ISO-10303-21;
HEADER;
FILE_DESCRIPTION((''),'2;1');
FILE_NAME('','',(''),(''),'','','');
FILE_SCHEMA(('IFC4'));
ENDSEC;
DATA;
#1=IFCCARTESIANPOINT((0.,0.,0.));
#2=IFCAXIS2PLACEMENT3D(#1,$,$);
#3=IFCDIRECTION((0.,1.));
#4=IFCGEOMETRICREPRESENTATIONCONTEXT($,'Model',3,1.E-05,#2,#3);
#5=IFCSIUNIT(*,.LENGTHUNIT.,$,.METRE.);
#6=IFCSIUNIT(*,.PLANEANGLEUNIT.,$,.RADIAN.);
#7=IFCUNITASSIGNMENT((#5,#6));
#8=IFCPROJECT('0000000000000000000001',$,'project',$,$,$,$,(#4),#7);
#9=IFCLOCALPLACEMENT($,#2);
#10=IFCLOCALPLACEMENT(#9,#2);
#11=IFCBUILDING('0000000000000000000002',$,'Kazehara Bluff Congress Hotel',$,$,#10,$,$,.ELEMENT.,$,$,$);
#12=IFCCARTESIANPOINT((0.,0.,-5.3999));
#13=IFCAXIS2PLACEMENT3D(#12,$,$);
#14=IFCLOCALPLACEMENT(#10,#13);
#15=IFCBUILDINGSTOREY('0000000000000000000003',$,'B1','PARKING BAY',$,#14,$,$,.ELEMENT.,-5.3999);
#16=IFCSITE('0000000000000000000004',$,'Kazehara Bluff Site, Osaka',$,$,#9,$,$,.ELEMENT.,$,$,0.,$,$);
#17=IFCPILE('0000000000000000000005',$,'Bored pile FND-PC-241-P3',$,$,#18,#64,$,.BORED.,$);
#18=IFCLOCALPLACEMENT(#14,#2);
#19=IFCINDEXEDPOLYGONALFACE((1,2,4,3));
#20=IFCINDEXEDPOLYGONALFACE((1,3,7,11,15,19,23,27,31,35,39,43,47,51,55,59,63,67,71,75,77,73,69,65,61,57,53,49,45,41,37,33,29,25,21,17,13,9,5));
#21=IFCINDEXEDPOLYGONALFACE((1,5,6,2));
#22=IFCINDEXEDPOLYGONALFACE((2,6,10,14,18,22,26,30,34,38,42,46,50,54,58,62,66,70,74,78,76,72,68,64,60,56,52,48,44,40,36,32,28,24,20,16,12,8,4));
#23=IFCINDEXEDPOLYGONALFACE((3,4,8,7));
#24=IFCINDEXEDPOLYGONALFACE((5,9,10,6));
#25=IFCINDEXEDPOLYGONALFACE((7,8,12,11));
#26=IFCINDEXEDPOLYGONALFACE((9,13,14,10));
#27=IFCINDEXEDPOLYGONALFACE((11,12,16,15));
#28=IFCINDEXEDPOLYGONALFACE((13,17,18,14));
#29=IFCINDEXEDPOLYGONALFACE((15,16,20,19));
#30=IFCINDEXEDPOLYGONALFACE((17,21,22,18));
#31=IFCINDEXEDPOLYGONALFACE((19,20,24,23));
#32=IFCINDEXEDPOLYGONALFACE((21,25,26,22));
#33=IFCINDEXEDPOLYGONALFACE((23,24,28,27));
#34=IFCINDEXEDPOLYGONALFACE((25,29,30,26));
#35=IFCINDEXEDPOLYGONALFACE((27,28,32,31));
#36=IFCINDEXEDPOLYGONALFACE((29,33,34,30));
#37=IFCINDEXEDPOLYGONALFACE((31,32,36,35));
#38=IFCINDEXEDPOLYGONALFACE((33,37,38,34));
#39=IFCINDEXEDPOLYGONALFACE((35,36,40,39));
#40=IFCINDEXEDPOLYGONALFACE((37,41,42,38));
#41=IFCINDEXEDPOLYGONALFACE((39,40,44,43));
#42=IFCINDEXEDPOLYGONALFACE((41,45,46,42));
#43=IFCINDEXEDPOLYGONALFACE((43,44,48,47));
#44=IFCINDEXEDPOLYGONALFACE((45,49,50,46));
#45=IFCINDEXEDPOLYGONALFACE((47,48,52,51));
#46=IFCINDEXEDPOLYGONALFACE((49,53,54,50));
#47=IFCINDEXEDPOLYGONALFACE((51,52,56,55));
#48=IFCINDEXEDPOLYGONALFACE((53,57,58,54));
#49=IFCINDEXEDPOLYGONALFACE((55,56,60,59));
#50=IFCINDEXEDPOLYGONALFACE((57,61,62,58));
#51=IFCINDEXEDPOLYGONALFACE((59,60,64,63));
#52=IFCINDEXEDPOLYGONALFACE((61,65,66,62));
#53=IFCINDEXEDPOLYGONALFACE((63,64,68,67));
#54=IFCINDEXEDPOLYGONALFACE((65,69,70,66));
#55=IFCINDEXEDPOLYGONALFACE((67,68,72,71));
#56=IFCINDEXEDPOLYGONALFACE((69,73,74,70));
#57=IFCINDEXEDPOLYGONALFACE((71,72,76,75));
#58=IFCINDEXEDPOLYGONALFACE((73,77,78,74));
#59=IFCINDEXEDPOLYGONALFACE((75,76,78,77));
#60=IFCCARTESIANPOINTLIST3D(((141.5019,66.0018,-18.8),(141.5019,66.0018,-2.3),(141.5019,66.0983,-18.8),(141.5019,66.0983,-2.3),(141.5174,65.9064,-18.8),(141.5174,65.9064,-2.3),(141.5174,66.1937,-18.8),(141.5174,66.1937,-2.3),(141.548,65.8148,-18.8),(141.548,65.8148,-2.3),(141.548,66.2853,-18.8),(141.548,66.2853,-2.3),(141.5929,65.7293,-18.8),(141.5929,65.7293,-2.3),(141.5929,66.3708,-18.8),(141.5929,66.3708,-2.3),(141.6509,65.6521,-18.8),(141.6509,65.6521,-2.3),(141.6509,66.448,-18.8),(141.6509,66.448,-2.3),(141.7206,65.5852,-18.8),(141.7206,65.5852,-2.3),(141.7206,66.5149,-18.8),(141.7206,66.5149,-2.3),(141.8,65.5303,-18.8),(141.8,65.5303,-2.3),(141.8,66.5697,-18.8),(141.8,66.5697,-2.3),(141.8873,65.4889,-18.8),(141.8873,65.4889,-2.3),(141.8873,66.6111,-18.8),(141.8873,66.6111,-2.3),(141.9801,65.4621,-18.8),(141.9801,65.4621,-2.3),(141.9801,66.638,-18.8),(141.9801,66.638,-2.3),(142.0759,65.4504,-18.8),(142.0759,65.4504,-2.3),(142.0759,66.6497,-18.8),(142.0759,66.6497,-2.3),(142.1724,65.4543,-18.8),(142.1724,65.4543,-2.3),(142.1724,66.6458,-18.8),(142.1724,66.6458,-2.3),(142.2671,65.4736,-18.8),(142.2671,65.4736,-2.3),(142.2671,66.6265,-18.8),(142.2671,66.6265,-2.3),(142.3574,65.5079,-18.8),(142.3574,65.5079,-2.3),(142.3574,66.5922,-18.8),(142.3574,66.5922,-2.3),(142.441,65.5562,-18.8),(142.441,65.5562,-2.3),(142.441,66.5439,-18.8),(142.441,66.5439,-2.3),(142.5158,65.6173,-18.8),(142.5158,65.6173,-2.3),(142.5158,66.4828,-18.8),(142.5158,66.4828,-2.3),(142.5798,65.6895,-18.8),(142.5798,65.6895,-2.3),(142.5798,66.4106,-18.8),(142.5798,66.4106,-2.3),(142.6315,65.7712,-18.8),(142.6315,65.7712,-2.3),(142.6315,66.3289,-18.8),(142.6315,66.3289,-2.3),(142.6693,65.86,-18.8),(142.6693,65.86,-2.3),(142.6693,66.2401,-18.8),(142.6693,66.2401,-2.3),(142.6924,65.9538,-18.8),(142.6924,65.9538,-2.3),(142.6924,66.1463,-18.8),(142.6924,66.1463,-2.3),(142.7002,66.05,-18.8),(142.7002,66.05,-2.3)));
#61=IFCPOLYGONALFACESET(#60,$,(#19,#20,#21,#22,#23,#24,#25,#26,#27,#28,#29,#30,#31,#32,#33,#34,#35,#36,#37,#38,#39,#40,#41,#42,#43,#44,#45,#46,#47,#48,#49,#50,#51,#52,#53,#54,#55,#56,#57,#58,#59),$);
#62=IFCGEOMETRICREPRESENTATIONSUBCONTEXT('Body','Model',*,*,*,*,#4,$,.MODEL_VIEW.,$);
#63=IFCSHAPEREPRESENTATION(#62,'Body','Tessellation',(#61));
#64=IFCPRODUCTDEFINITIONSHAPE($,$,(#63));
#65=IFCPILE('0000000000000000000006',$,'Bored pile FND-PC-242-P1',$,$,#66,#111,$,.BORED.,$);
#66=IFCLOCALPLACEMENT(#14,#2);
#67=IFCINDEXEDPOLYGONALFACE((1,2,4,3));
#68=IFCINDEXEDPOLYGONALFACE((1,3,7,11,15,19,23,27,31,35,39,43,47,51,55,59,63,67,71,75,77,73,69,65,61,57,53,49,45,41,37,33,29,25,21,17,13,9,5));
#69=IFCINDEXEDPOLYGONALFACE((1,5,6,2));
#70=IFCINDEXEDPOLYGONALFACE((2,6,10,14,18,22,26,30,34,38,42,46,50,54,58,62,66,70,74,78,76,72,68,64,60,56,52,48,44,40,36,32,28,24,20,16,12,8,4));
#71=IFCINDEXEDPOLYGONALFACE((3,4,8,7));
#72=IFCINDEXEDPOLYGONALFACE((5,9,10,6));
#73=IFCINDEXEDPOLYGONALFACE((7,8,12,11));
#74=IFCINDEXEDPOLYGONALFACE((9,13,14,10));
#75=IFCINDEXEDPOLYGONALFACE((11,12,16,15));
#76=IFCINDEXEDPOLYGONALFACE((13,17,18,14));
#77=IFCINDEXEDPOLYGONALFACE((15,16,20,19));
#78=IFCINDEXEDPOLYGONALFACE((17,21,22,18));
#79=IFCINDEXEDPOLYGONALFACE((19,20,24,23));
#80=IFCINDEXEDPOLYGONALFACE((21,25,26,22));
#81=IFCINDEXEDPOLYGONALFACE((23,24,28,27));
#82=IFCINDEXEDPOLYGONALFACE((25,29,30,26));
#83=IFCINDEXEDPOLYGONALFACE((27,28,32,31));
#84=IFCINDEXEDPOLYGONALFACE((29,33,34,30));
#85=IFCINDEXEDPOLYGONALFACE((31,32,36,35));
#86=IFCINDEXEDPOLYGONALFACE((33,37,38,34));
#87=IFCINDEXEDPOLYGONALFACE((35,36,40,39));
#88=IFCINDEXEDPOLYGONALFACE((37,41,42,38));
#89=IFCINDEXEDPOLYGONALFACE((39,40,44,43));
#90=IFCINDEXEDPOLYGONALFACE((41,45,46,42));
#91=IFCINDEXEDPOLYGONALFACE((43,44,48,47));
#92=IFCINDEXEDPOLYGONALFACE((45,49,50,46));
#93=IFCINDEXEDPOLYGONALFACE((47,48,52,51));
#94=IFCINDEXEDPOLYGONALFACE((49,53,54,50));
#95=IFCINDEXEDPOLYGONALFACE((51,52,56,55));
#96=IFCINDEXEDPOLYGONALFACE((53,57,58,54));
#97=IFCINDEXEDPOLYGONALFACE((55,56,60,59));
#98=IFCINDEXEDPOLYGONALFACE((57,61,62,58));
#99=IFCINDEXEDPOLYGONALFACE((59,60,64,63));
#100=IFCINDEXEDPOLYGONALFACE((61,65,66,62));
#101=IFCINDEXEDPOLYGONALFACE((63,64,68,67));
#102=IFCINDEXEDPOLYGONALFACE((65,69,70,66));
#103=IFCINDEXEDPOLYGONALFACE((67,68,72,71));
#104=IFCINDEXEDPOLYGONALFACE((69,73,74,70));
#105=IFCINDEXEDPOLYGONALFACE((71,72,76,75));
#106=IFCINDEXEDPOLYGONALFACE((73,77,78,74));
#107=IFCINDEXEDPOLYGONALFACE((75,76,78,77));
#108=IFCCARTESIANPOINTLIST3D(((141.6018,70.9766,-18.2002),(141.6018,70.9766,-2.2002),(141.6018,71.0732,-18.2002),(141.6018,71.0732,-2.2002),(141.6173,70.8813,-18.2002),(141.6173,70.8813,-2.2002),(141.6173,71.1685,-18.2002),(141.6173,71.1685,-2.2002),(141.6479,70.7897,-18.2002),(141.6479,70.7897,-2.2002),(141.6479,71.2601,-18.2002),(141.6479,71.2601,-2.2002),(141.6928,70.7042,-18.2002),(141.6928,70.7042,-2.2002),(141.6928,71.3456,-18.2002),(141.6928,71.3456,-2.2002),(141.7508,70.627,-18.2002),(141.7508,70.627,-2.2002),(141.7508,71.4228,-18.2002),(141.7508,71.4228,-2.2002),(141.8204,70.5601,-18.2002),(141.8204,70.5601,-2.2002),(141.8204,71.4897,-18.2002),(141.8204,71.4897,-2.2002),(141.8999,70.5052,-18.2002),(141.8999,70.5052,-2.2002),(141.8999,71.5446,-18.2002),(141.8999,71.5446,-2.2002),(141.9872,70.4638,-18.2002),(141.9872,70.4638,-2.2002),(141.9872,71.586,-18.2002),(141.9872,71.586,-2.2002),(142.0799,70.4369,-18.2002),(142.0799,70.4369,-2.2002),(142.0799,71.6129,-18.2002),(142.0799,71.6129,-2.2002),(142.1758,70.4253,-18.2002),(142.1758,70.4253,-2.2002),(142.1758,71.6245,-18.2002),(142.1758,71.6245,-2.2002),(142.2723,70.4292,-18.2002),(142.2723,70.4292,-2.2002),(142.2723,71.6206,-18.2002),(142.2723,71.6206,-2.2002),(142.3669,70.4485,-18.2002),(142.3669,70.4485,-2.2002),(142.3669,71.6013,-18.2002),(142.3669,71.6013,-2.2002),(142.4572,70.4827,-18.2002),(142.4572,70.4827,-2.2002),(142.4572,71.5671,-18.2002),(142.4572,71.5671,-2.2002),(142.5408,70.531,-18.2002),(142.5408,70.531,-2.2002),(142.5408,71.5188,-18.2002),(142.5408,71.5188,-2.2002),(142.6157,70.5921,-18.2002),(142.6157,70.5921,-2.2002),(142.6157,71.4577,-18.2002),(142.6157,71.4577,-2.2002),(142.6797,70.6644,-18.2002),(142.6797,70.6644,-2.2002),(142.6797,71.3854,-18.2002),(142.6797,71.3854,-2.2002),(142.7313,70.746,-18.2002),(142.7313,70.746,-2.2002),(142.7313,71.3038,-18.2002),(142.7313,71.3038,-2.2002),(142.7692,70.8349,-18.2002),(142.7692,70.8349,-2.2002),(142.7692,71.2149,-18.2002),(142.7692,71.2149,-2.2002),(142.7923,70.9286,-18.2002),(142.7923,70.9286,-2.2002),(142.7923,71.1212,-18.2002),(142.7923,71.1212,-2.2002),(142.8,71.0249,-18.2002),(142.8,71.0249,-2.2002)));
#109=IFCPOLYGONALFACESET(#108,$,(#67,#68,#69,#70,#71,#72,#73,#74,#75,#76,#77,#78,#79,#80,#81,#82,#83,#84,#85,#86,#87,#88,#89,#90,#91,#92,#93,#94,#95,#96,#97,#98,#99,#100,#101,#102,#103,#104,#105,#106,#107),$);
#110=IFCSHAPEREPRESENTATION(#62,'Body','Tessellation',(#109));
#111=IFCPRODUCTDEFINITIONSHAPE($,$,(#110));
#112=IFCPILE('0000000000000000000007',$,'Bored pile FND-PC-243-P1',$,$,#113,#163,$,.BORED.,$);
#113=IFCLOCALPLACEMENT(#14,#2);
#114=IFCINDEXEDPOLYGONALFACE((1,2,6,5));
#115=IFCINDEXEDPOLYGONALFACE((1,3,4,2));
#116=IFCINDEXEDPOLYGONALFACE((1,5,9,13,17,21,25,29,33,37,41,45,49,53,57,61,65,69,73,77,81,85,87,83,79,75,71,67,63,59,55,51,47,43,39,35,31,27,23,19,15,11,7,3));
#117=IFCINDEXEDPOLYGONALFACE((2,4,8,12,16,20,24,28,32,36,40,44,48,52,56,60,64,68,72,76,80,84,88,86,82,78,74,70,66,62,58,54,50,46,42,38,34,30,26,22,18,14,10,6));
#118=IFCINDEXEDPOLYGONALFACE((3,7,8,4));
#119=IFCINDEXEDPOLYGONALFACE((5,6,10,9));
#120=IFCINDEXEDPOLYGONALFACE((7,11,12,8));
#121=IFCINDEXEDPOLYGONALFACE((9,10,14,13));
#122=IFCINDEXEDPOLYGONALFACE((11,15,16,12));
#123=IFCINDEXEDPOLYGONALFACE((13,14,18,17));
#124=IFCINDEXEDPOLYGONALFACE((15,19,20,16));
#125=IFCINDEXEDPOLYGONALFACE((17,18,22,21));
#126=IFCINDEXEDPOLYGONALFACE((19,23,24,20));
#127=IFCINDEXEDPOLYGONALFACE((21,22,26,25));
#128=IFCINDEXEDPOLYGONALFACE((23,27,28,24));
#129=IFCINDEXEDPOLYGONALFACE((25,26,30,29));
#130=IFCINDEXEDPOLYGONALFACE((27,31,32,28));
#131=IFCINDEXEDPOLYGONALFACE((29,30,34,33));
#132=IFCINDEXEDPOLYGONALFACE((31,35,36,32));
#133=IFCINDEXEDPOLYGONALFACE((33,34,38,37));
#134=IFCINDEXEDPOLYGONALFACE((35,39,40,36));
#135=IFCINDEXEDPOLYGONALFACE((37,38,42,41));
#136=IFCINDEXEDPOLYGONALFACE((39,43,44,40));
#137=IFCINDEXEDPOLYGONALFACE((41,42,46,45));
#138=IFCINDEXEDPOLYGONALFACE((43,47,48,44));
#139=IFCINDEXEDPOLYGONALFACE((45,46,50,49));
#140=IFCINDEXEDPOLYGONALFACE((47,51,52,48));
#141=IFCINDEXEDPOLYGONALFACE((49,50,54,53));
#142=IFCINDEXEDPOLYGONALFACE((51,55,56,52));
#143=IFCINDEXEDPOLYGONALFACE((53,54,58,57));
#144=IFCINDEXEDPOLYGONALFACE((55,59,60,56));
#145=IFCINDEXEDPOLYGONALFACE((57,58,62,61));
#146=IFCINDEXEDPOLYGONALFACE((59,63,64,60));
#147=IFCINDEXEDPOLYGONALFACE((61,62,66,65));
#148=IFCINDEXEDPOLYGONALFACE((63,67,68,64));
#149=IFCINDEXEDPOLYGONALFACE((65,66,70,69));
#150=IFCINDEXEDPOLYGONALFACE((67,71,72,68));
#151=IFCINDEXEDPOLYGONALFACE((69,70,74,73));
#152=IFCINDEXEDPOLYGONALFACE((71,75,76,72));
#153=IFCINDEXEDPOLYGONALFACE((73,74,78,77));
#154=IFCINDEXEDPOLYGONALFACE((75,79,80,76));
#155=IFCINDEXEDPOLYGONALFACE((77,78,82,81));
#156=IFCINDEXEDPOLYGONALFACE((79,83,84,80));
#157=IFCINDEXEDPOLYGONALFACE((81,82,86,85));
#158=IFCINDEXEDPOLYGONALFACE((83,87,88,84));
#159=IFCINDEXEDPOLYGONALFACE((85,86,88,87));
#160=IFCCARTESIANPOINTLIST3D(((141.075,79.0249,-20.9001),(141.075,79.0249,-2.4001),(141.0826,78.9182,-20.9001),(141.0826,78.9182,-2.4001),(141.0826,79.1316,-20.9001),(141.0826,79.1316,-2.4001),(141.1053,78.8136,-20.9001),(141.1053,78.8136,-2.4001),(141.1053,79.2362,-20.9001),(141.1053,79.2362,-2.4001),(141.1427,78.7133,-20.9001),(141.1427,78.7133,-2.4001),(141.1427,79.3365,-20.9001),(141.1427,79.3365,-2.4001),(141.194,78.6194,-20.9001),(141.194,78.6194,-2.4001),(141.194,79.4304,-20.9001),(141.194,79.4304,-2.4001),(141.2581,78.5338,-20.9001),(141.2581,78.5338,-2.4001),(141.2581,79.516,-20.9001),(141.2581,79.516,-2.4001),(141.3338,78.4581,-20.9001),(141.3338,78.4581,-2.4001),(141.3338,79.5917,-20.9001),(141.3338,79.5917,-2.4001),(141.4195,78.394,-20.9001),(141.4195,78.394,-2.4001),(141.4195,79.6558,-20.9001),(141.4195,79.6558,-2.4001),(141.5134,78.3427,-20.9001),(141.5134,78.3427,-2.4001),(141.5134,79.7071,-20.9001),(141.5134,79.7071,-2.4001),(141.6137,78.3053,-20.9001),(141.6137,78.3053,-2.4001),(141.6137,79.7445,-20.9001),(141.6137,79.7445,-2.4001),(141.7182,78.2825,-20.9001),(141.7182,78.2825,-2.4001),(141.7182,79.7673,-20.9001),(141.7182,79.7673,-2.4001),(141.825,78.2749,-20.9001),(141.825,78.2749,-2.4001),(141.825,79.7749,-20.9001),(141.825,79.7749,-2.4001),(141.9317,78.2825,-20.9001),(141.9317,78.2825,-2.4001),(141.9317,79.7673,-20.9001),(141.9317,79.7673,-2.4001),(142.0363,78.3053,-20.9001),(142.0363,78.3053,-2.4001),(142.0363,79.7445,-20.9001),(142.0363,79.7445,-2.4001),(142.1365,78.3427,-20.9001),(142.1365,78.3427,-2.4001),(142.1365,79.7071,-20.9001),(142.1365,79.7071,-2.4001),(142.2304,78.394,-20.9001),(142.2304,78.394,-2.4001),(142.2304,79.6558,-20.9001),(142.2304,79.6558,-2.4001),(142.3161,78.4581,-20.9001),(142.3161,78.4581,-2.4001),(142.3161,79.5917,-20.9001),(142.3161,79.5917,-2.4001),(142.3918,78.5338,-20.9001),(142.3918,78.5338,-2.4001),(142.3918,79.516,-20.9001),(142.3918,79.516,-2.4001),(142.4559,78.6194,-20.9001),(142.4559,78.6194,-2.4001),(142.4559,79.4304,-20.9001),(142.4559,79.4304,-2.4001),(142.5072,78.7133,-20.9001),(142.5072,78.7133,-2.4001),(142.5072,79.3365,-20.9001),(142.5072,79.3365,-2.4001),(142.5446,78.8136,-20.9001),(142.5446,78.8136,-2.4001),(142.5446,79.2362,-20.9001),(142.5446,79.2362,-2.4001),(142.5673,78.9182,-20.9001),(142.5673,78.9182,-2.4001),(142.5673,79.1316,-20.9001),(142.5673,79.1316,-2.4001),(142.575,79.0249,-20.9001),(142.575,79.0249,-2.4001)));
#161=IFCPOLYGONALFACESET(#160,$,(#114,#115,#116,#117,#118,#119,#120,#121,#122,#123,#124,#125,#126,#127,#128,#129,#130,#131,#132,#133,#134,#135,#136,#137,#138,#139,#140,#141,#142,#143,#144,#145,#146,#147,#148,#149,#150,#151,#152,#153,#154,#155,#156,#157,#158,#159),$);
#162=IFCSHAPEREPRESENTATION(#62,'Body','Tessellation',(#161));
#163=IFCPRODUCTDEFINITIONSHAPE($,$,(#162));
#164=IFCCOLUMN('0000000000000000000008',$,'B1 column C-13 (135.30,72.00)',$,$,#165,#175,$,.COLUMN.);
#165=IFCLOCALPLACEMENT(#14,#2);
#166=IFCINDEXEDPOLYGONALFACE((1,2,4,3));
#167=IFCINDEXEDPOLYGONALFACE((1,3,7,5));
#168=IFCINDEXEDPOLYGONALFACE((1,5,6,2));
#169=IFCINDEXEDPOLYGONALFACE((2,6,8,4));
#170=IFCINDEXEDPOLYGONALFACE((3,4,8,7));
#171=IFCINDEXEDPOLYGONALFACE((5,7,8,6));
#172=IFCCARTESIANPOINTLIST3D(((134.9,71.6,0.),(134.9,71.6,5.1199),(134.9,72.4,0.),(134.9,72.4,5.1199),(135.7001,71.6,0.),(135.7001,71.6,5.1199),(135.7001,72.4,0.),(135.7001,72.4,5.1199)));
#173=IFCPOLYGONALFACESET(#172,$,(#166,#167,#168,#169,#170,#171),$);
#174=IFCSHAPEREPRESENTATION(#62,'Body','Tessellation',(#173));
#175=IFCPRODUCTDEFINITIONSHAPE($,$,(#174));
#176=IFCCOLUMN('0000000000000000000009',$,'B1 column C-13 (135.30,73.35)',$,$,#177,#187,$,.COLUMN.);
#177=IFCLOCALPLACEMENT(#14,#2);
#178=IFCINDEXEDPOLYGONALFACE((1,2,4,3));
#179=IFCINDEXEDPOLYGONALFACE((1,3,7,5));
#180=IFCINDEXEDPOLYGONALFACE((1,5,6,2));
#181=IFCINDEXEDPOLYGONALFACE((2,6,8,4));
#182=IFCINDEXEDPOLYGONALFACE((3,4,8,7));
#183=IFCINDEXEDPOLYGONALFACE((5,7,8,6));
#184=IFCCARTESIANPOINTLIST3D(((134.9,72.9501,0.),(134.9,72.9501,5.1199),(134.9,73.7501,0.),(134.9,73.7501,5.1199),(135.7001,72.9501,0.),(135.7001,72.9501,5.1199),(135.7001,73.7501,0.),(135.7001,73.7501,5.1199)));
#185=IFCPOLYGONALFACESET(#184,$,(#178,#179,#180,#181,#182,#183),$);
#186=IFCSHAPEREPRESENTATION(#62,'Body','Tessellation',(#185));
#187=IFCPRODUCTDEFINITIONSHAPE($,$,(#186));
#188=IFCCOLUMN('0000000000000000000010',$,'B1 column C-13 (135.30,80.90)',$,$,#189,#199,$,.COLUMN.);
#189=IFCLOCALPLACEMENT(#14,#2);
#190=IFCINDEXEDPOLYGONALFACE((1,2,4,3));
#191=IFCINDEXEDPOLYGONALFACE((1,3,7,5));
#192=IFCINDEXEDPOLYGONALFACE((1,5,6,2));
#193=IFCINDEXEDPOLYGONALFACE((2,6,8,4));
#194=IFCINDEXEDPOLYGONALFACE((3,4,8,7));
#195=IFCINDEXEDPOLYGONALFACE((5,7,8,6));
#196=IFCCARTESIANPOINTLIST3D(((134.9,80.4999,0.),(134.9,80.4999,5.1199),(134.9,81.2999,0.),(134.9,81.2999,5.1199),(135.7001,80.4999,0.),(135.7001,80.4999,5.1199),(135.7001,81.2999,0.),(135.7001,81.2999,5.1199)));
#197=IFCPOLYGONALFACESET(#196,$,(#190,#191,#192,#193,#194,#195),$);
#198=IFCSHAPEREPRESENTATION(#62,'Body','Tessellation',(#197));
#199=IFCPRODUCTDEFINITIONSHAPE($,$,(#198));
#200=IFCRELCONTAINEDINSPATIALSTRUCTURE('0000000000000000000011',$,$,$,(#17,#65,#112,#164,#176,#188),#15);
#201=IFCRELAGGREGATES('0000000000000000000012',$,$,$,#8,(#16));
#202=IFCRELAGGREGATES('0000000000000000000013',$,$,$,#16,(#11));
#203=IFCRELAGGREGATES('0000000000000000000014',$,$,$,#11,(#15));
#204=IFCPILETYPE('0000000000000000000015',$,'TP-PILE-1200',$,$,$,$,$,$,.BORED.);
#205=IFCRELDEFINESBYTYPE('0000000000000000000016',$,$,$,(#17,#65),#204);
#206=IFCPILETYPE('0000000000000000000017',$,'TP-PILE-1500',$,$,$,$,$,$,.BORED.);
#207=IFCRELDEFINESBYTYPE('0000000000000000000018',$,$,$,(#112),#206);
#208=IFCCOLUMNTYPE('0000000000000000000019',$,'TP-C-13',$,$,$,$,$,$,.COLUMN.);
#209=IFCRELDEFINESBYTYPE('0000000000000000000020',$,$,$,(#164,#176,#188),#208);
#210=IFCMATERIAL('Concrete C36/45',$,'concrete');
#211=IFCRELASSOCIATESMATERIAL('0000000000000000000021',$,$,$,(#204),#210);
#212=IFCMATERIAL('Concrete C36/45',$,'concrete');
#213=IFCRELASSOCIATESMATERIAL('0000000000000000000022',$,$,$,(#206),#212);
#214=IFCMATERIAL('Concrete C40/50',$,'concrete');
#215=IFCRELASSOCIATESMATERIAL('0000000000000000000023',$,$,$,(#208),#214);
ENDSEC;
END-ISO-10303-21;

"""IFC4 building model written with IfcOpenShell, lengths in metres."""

from ifc_helpers import new_model, si_unit, direction, frame, origin, origin_2d, place, context, subcontext, project, spatial, rectangle, circle, extrude, material, material_profile, profile_set, type_object, element, save


model = new_model("IFC4")

# Units and contexts
model_context = context("Model", 3, precision=1e-05, world=origin(), true_north=direction((0.0, 1.0)))
body_context = subcontext(model_context, "Body", "Model", "MODEL_VIEW")
ifc_project = project(units=[si_unit("LENGTHUNIT", "METRE"), si_unit("PLANEANGLEUNIT", "RADIAN")], contexts=[model_context])

# Site, building, storey
site_placement = place(None, origin())
site = spatial("IfcSite", under=ifc_project, at=site_placement, Name="Kazehara Bluff Site, Osaka", CompositionType="ELEMENT", RefElevation=0.0)
building_placement = place(site_placement, origin())
building = spatial("IfcBuilding", under=site, at=building_placement, Name="Kazehara Bluff Congress Hotel", CompositionType="ELEMENT")
storey_placement = place(building_placement, frame((0.0, 0.0, -5.3999)))
storey = spatial("IfcBuildingStorey", under=building, at=storey_placement, Name="B1", Description="PARKING BAY", CompositionType="ELEMENT", Elevation=-5.3999)

# Piles
ifc_material_1 = material(Name="Concrete C36/45", Category="concrete")
ifc_material_profile_1 = material_profile(ifc_material_1, circle(Radius=0.6001, at=origin_2d()))
ifc_profile_set_1 = profile_set([ifc_material_profile_1], Name="Concrete C36/45")
pile_type_1 = type_object("IfcPileType", Name="TP-PILE-1200", PredefinedType="BORED", material=ifc_profile_set_1)
pile_1_placement = place(storey_placement, frame((142.1001, 66.05, -2.3), z_axis=(0.0, 0.0, -1.0), x_axis=(1.0, 0.0, 0.0)))
element("IfcPile", 1, at=pile_1_placement, inside=storey, type_object=pile_type_1, Name="Bored pile FND-PC-241-P3", PredefinedType="BORED", context=body_context, shape_type="SweptSolid", body=[
    extrude(circle(Radius=0.6001, at=origin_2d()), origin(), (0.0, 0.0, 1.0), 16.5),
])
pile_2_placement = place(storey_placement, frame((142.2, 71.0249, -2.2002), z_axis=(0.0, 0.0, -1.0), x_axis=(1.0, 0.0, 0.0)))
element("IfcPile", 2, at=pile_2_placement, inside=storey, type_object=pile_type_1, Name="Bored pile FND-PC-242-P1", PredefinedType="BORED", context=body_context, shape_type="SweptSolid", body=[
    extrude(circle(Radius=0.6001, at=origin_2d()), origin(), (0.0, 0.0, 1.0), 16.0),
])
ifc_material_2 = material(Name="Concrete C36/45", Category="concrete")
ifc_material_profile_2 = material_profile(ifc_material_2, circle(Radius=0.75, at=origin_2d()))
ifc_profile_set_2 = profile_set([ifc_material_profile_2], Name="Concrete C36/45")
pile_type_2 = type_object("IfcPileType", Name="TP-PILE-1500", PredefinedType="BORED", material=ifc_profile_set_2)
pile_3_placement = place(storey_placement, frame((141.825, 79.0249, -2.4001), z_axis=(0.0, 0.0, -1.0), x_axis=(1.0, 0.0, 0.0)))
element("IfcPile", 3, at=pile_3_placement, inside=storey, type_object=pile_type_2, Name="Bored pile FND-PC-243-P1", PredefinedType="BORED", context=body_context, shape_type="SweptSolid", body=[
    extrude(circle(Radius=0.75, at=origin_2d()), origin(), (0.0, 0.0, 1.0), 18.5),
])

# Columns
ifc_material_3 = material(Name="Concrete C40/50", Category="concrete")
ifc_material_profile_3 = material_profile(ifc_material_3, rectangle(XDim=0.8, YDim=0.8, at=origin_2d()))
ifc_profile_set_3 = profile_set([ifc_material_profile_3], Name="Concrete C40/50")
column_type = type_object("IfcColumnType", Name="TP-C-13", PredefinedType="COLUMN", material=ifc_profile_set_3)
for number, where, z_axis, x_axis, name in (
    (4, (135.3, 72.0, 0.0), (0.0, 0.0, 1.0), (1.0, 0.0, 0.0), "B1 column C-13 (135.30,72.00)"),
    (5, (135.3, 73.3501, 0.0), (0.0, 0.0, 1.0), (1.0, 0.0, 0.0), "B1 column C-13 (135.30,73.35)"),
    (6, (135.3, 80.8999, 0.0), (0.0, 0.0, 1.0), (1.0, 0.0, 0.0), "B1 column C-13 (135.30,80.90)"),
):
    element("IfcColumn", number, at=place(storey_placement, frame(where, z_axis=z_axis, x_axis=x_axis)), inside=storey, type_object=column_type, Name=name, PredefinedType="COLUMN", context=body_context, shape_type="SweptSolid", body=[
        extrude(rectangle(XDim=0.8, YDim=0.8, at=origin_2d()), origin(), (0.0, 0.0, 1.0), 5.1199),
    ])

save(model, "model.ifc")
